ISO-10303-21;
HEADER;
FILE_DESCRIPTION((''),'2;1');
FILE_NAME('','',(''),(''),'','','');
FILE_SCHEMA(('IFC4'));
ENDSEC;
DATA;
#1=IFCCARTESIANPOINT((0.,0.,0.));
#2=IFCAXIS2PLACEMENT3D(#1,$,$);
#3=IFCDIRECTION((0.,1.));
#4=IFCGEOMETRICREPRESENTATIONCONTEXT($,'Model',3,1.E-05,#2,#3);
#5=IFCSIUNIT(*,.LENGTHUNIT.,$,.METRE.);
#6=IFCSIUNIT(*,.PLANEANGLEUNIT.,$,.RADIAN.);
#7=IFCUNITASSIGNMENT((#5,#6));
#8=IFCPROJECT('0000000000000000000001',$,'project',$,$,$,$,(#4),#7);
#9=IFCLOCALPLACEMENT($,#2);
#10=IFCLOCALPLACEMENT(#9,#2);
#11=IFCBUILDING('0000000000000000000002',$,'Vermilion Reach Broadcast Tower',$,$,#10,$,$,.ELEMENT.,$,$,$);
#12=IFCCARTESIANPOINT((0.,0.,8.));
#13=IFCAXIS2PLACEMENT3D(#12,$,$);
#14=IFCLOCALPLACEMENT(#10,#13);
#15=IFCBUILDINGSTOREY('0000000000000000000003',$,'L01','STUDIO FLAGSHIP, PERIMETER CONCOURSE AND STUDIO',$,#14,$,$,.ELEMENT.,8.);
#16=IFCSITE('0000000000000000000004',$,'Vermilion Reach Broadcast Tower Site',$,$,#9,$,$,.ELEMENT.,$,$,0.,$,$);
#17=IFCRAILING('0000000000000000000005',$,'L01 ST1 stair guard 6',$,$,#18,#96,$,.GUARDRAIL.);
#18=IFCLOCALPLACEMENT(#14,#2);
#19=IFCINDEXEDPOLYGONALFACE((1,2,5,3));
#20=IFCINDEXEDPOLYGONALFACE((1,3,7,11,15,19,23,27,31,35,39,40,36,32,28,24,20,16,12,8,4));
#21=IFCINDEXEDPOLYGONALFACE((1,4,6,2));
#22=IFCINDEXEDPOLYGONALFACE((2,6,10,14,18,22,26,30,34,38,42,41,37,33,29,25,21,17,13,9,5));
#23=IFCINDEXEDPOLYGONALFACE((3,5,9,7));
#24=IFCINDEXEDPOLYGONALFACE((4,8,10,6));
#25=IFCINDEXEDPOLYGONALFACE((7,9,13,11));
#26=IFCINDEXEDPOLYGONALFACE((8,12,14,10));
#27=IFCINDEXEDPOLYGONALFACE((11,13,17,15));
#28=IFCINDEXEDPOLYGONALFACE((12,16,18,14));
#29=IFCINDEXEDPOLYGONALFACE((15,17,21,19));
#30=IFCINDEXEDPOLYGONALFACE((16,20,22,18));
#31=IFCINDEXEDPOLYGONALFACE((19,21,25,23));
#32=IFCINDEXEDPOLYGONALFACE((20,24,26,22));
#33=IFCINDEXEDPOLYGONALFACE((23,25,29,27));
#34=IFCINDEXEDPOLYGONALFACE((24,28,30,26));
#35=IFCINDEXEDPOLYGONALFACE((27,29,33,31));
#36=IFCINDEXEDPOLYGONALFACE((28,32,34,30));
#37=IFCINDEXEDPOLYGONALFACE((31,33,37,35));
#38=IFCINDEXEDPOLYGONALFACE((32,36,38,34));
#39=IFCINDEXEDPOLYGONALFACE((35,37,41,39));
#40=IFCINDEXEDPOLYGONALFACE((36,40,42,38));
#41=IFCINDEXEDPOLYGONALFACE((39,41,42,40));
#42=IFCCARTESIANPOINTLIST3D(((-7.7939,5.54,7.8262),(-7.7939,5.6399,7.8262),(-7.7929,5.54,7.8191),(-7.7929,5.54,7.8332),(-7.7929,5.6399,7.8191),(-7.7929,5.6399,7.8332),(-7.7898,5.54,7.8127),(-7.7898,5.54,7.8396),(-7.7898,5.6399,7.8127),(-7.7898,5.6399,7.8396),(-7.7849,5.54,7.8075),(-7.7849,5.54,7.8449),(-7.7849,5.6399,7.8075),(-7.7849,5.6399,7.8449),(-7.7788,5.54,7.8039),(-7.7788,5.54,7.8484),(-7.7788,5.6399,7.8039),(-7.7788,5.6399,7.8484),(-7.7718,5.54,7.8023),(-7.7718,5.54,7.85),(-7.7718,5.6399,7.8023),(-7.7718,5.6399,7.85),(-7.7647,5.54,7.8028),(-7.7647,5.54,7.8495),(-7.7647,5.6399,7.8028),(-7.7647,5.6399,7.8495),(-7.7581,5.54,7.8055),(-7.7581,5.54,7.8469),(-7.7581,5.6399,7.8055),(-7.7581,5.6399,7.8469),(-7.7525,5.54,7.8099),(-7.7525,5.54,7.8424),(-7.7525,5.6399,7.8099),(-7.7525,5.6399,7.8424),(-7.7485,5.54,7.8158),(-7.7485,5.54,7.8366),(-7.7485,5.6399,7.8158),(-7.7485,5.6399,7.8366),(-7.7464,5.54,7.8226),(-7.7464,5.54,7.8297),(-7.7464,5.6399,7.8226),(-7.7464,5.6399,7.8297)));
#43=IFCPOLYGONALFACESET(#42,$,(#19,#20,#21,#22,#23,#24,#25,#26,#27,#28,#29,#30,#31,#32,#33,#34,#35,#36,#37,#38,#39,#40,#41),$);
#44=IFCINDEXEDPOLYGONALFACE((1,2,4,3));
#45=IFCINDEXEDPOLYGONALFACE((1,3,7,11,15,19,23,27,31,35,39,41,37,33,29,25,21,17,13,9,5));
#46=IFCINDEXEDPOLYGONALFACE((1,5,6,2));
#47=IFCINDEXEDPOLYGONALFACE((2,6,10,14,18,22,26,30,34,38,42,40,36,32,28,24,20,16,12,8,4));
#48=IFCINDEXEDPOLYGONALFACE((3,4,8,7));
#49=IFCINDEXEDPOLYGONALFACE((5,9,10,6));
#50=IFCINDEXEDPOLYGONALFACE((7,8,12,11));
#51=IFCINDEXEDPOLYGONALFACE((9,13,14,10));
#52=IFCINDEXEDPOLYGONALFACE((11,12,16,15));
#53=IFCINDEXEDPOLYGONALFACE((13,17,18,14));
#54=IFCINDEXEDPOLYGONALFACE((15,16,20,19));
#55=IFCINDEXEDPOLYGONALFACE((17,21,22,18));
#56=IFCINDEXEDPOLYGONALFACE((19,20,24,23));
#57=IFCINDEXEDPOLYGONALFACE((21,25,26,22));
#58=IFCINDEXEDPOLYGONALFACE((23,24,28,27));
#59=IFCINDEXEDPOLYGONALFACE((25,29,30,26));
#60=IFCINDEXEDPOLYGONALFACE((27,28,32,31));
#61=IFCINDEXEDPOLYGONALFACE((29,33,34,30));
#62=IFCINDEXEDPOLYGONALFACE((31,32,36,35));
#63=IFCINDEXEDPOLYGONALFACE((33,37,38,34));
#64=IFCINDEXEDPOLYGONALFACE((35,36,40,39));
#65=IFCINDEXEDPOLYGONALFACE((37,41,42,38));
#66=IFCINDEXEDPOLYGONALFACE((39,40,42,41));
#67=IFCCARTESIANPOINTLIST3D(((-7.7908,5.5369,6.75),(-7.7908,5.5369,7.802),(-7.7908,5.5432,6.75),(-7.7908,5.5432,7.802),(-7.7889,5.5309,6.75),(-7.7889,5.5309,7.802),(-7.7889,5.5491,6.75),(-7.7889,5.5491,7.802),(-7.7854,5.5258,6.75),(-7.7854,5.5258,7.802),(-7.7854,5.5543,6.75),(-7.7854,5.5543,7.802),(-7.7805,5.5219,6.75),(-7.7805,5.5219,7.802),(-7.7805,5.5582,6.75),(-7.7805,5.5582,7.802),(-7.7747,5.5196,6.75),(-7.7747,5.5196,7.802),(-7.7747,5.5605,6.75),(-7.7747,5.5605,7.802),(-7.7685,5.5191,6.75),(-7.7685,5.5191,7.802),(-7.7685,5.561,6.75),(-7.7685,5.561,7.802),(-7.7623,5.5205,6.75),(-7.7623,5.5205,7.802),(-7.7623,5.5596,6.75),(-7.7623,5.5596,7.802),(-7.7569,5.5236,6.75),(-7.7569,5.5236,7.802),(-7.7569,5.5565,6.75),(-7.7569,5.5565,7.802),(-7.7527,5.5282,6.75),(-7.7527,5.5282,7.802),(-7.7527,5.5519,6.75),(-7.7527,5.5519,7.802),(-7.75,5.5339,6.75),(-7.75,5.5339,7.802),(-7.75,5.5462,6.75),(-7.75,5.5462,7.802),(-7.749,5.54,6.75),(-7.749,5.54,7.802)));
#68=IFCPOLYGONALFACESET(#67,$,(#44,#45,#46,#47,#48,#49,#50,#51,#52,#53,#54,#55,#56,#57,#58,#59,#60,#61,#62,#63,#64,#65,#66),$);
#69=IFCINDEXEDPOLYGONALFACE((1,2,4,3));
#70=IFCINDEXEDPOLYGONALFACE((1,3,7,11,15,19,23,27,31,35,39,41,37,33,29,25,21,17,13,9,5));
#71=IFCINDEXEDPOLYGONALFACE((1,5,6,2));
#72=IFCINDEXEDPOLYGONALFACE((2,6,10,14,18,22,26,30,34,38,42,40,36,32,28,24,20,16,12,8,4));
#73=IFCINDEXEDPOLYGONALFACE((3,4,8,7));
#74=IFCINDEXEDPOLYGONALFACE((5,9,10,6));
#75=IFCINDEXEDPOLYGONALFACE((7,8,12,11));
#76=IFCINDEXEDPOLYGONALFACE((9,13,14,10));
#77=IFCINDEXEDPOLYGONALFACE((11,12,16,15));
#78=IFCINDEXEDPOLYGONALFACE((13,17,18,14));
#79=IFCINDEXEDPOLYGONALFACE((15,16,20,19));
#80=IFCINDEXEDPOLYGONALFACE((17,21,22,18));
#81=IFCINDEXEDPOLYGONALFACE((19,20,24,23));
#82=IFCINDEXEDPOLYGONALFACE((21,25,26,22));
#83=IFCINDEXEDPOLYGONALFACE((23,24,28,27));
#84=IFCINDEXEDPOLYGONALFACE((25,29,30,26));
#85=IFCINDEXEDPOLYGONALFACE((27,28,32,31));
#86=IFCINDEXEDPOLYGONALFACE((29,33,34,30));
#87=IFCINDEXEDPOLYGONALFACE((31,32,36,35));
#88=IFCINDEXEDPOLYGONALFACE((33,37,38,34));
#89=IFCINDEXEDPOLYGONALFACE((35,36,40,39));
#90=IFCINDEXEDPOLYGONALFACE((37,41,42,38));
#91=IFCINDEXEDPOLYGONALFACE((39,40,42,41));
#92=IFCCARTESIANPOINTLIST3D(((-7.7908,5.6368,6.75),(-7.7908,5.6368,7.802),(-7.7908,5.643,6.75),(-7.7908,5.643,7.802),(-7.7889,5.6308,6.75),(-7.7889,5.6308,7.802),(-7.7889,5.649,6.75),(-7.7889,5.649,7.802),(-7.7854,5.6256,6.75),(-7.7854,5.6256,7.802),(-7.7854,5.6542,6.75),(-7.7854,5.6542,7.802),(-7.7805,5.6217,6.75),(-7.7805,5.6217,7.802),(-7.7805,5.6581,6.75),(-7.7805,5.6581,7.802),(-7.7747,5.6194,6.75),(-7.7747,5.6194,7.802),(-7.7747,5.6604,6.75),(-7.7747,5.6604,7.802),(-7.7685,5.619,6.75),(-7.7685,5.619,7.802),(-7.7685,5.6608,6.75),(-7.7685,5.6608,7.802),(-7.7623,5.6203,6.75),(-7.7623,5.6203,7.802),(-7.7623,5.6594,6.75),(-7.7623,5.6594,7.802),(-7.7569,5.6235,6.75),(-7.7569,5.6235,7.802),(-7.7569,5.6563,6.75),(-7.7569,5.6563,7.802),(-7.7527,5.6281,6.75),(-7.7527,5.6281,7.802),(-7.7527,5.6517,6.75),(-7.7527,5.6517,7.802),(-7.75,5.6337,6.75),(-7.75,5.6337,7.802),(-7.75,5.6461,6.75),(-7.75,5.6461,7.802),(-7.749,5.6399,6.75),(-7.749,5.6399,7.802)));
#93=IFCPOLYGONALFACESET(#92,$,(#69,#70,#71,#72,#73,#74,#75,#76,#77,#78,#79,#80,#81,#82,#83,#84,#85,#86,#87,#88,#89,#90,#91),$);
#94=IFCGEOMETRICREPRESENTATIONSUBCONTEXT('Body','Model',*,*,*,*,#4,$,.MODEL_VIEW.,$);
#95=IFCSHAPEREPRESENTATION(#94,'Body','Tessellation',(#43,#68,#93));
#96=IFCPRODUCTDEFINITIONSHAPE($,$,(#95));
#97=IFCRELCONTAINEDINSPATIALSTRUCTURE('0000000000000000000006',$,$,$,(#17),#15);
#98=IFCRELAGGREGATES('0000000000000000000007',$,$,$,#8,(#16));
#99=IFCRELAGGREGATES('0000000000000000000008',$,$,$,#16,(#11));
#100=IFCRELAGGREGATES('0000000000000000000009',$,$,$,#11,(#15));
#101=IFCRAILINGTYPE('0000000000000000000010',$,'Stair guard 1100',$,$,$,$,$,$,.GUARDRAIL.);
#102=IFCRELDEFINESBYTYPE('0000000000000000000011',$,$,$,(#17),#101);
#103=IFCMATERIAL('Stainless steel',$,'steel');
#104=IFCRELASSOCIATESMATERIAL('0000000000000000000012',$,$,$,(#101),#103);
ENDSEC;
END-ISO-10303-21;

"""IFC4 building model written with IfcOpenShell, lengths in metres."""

from ifc_helpers import new_model, si_unit, direction, frame, origin, origin_2d, place, context, subcontext, project, spatial, circle, extrude, material, type_object, element, save


model = new_model("IFC4")

# Units and contexts
model_context = context("Model", 3, precision=1e-05, world=origin(), true_north=direction((0.0, 1.0)))
body_context = subcontext(model_context, "Body", "Model", "MODEL_VIEW")
ifc_project = project(units=[si_unit("LENGTHUNIT", "METRE"), si_unit("PLANEANGLEUNIT", "RADIAN")], contexts=[model_context])

# Site, building, storey
site_placement = place(None, origin())
site = spatial("IfcSite", under=ifc_project, at=site_placement, Name="Vermilion Reach Broadcast Tower Site", CompositionType="ELEMENT", RefElevation=0.0)
building_placement = place(site_placement, origin())
building = spatial("IfcBuilding", under=site, at=building_placement, Name="Vermilion Reach Broadcast Tower", CompositionType="ELEMENT")
storey_placement = place(building_placement, frame((0.0, 0.0, 8.0)))
storey = spatial("IfcBuildingStorey", under=building, at=storey_placement, Name="L01", Description="STUDIO FLAGSHIP, PERIMETER CONCOURSE AND STUDIO", CompositionType="ELEMENT", Elevation=8.0)

# Railing
ifc_material_1 = material(Name="Stainless steel", Category="steel")
railing_type_1 = type_object("IfcRailingType", Name="Stair guard 1100", PredefinedType="GUARDRAIL", material=ifc_material_1)
for number, where, name in (
    (1, (-7.77, 5.54, 6.75), "L01 ST1 stair guard 6"),
):
    element("IfcRailing", number, at=place(storey_placement, frame(where)), inside=storey, type_object=railing_type_1, Name=name, PredefinedType="GUARDRAIL", context=body_context, shape_type="SweptSolid", body=[
        extrude(circle(Radius=0.0239, at=origin_2d()), frame((0.0, 0.0, 1.0762), z_axis=(0.0, 1.0, 0.0), x_axis=(-1.0, 0.0, 0.0)), (0.0, 0.0, 1.0), 0.0999),
        extrude(circle(Radius=0.021, at=origin_2d()), origin(), (0.0, 0.0, 1.0), 1.052),
        extrude(circle(Radius=0.021, at=origin_2d()), frame((0.0, 0.0999, 0.0)), (0.0, 0.0, 1.0), 1.052),
    ])

save(model, "model.ifc")
